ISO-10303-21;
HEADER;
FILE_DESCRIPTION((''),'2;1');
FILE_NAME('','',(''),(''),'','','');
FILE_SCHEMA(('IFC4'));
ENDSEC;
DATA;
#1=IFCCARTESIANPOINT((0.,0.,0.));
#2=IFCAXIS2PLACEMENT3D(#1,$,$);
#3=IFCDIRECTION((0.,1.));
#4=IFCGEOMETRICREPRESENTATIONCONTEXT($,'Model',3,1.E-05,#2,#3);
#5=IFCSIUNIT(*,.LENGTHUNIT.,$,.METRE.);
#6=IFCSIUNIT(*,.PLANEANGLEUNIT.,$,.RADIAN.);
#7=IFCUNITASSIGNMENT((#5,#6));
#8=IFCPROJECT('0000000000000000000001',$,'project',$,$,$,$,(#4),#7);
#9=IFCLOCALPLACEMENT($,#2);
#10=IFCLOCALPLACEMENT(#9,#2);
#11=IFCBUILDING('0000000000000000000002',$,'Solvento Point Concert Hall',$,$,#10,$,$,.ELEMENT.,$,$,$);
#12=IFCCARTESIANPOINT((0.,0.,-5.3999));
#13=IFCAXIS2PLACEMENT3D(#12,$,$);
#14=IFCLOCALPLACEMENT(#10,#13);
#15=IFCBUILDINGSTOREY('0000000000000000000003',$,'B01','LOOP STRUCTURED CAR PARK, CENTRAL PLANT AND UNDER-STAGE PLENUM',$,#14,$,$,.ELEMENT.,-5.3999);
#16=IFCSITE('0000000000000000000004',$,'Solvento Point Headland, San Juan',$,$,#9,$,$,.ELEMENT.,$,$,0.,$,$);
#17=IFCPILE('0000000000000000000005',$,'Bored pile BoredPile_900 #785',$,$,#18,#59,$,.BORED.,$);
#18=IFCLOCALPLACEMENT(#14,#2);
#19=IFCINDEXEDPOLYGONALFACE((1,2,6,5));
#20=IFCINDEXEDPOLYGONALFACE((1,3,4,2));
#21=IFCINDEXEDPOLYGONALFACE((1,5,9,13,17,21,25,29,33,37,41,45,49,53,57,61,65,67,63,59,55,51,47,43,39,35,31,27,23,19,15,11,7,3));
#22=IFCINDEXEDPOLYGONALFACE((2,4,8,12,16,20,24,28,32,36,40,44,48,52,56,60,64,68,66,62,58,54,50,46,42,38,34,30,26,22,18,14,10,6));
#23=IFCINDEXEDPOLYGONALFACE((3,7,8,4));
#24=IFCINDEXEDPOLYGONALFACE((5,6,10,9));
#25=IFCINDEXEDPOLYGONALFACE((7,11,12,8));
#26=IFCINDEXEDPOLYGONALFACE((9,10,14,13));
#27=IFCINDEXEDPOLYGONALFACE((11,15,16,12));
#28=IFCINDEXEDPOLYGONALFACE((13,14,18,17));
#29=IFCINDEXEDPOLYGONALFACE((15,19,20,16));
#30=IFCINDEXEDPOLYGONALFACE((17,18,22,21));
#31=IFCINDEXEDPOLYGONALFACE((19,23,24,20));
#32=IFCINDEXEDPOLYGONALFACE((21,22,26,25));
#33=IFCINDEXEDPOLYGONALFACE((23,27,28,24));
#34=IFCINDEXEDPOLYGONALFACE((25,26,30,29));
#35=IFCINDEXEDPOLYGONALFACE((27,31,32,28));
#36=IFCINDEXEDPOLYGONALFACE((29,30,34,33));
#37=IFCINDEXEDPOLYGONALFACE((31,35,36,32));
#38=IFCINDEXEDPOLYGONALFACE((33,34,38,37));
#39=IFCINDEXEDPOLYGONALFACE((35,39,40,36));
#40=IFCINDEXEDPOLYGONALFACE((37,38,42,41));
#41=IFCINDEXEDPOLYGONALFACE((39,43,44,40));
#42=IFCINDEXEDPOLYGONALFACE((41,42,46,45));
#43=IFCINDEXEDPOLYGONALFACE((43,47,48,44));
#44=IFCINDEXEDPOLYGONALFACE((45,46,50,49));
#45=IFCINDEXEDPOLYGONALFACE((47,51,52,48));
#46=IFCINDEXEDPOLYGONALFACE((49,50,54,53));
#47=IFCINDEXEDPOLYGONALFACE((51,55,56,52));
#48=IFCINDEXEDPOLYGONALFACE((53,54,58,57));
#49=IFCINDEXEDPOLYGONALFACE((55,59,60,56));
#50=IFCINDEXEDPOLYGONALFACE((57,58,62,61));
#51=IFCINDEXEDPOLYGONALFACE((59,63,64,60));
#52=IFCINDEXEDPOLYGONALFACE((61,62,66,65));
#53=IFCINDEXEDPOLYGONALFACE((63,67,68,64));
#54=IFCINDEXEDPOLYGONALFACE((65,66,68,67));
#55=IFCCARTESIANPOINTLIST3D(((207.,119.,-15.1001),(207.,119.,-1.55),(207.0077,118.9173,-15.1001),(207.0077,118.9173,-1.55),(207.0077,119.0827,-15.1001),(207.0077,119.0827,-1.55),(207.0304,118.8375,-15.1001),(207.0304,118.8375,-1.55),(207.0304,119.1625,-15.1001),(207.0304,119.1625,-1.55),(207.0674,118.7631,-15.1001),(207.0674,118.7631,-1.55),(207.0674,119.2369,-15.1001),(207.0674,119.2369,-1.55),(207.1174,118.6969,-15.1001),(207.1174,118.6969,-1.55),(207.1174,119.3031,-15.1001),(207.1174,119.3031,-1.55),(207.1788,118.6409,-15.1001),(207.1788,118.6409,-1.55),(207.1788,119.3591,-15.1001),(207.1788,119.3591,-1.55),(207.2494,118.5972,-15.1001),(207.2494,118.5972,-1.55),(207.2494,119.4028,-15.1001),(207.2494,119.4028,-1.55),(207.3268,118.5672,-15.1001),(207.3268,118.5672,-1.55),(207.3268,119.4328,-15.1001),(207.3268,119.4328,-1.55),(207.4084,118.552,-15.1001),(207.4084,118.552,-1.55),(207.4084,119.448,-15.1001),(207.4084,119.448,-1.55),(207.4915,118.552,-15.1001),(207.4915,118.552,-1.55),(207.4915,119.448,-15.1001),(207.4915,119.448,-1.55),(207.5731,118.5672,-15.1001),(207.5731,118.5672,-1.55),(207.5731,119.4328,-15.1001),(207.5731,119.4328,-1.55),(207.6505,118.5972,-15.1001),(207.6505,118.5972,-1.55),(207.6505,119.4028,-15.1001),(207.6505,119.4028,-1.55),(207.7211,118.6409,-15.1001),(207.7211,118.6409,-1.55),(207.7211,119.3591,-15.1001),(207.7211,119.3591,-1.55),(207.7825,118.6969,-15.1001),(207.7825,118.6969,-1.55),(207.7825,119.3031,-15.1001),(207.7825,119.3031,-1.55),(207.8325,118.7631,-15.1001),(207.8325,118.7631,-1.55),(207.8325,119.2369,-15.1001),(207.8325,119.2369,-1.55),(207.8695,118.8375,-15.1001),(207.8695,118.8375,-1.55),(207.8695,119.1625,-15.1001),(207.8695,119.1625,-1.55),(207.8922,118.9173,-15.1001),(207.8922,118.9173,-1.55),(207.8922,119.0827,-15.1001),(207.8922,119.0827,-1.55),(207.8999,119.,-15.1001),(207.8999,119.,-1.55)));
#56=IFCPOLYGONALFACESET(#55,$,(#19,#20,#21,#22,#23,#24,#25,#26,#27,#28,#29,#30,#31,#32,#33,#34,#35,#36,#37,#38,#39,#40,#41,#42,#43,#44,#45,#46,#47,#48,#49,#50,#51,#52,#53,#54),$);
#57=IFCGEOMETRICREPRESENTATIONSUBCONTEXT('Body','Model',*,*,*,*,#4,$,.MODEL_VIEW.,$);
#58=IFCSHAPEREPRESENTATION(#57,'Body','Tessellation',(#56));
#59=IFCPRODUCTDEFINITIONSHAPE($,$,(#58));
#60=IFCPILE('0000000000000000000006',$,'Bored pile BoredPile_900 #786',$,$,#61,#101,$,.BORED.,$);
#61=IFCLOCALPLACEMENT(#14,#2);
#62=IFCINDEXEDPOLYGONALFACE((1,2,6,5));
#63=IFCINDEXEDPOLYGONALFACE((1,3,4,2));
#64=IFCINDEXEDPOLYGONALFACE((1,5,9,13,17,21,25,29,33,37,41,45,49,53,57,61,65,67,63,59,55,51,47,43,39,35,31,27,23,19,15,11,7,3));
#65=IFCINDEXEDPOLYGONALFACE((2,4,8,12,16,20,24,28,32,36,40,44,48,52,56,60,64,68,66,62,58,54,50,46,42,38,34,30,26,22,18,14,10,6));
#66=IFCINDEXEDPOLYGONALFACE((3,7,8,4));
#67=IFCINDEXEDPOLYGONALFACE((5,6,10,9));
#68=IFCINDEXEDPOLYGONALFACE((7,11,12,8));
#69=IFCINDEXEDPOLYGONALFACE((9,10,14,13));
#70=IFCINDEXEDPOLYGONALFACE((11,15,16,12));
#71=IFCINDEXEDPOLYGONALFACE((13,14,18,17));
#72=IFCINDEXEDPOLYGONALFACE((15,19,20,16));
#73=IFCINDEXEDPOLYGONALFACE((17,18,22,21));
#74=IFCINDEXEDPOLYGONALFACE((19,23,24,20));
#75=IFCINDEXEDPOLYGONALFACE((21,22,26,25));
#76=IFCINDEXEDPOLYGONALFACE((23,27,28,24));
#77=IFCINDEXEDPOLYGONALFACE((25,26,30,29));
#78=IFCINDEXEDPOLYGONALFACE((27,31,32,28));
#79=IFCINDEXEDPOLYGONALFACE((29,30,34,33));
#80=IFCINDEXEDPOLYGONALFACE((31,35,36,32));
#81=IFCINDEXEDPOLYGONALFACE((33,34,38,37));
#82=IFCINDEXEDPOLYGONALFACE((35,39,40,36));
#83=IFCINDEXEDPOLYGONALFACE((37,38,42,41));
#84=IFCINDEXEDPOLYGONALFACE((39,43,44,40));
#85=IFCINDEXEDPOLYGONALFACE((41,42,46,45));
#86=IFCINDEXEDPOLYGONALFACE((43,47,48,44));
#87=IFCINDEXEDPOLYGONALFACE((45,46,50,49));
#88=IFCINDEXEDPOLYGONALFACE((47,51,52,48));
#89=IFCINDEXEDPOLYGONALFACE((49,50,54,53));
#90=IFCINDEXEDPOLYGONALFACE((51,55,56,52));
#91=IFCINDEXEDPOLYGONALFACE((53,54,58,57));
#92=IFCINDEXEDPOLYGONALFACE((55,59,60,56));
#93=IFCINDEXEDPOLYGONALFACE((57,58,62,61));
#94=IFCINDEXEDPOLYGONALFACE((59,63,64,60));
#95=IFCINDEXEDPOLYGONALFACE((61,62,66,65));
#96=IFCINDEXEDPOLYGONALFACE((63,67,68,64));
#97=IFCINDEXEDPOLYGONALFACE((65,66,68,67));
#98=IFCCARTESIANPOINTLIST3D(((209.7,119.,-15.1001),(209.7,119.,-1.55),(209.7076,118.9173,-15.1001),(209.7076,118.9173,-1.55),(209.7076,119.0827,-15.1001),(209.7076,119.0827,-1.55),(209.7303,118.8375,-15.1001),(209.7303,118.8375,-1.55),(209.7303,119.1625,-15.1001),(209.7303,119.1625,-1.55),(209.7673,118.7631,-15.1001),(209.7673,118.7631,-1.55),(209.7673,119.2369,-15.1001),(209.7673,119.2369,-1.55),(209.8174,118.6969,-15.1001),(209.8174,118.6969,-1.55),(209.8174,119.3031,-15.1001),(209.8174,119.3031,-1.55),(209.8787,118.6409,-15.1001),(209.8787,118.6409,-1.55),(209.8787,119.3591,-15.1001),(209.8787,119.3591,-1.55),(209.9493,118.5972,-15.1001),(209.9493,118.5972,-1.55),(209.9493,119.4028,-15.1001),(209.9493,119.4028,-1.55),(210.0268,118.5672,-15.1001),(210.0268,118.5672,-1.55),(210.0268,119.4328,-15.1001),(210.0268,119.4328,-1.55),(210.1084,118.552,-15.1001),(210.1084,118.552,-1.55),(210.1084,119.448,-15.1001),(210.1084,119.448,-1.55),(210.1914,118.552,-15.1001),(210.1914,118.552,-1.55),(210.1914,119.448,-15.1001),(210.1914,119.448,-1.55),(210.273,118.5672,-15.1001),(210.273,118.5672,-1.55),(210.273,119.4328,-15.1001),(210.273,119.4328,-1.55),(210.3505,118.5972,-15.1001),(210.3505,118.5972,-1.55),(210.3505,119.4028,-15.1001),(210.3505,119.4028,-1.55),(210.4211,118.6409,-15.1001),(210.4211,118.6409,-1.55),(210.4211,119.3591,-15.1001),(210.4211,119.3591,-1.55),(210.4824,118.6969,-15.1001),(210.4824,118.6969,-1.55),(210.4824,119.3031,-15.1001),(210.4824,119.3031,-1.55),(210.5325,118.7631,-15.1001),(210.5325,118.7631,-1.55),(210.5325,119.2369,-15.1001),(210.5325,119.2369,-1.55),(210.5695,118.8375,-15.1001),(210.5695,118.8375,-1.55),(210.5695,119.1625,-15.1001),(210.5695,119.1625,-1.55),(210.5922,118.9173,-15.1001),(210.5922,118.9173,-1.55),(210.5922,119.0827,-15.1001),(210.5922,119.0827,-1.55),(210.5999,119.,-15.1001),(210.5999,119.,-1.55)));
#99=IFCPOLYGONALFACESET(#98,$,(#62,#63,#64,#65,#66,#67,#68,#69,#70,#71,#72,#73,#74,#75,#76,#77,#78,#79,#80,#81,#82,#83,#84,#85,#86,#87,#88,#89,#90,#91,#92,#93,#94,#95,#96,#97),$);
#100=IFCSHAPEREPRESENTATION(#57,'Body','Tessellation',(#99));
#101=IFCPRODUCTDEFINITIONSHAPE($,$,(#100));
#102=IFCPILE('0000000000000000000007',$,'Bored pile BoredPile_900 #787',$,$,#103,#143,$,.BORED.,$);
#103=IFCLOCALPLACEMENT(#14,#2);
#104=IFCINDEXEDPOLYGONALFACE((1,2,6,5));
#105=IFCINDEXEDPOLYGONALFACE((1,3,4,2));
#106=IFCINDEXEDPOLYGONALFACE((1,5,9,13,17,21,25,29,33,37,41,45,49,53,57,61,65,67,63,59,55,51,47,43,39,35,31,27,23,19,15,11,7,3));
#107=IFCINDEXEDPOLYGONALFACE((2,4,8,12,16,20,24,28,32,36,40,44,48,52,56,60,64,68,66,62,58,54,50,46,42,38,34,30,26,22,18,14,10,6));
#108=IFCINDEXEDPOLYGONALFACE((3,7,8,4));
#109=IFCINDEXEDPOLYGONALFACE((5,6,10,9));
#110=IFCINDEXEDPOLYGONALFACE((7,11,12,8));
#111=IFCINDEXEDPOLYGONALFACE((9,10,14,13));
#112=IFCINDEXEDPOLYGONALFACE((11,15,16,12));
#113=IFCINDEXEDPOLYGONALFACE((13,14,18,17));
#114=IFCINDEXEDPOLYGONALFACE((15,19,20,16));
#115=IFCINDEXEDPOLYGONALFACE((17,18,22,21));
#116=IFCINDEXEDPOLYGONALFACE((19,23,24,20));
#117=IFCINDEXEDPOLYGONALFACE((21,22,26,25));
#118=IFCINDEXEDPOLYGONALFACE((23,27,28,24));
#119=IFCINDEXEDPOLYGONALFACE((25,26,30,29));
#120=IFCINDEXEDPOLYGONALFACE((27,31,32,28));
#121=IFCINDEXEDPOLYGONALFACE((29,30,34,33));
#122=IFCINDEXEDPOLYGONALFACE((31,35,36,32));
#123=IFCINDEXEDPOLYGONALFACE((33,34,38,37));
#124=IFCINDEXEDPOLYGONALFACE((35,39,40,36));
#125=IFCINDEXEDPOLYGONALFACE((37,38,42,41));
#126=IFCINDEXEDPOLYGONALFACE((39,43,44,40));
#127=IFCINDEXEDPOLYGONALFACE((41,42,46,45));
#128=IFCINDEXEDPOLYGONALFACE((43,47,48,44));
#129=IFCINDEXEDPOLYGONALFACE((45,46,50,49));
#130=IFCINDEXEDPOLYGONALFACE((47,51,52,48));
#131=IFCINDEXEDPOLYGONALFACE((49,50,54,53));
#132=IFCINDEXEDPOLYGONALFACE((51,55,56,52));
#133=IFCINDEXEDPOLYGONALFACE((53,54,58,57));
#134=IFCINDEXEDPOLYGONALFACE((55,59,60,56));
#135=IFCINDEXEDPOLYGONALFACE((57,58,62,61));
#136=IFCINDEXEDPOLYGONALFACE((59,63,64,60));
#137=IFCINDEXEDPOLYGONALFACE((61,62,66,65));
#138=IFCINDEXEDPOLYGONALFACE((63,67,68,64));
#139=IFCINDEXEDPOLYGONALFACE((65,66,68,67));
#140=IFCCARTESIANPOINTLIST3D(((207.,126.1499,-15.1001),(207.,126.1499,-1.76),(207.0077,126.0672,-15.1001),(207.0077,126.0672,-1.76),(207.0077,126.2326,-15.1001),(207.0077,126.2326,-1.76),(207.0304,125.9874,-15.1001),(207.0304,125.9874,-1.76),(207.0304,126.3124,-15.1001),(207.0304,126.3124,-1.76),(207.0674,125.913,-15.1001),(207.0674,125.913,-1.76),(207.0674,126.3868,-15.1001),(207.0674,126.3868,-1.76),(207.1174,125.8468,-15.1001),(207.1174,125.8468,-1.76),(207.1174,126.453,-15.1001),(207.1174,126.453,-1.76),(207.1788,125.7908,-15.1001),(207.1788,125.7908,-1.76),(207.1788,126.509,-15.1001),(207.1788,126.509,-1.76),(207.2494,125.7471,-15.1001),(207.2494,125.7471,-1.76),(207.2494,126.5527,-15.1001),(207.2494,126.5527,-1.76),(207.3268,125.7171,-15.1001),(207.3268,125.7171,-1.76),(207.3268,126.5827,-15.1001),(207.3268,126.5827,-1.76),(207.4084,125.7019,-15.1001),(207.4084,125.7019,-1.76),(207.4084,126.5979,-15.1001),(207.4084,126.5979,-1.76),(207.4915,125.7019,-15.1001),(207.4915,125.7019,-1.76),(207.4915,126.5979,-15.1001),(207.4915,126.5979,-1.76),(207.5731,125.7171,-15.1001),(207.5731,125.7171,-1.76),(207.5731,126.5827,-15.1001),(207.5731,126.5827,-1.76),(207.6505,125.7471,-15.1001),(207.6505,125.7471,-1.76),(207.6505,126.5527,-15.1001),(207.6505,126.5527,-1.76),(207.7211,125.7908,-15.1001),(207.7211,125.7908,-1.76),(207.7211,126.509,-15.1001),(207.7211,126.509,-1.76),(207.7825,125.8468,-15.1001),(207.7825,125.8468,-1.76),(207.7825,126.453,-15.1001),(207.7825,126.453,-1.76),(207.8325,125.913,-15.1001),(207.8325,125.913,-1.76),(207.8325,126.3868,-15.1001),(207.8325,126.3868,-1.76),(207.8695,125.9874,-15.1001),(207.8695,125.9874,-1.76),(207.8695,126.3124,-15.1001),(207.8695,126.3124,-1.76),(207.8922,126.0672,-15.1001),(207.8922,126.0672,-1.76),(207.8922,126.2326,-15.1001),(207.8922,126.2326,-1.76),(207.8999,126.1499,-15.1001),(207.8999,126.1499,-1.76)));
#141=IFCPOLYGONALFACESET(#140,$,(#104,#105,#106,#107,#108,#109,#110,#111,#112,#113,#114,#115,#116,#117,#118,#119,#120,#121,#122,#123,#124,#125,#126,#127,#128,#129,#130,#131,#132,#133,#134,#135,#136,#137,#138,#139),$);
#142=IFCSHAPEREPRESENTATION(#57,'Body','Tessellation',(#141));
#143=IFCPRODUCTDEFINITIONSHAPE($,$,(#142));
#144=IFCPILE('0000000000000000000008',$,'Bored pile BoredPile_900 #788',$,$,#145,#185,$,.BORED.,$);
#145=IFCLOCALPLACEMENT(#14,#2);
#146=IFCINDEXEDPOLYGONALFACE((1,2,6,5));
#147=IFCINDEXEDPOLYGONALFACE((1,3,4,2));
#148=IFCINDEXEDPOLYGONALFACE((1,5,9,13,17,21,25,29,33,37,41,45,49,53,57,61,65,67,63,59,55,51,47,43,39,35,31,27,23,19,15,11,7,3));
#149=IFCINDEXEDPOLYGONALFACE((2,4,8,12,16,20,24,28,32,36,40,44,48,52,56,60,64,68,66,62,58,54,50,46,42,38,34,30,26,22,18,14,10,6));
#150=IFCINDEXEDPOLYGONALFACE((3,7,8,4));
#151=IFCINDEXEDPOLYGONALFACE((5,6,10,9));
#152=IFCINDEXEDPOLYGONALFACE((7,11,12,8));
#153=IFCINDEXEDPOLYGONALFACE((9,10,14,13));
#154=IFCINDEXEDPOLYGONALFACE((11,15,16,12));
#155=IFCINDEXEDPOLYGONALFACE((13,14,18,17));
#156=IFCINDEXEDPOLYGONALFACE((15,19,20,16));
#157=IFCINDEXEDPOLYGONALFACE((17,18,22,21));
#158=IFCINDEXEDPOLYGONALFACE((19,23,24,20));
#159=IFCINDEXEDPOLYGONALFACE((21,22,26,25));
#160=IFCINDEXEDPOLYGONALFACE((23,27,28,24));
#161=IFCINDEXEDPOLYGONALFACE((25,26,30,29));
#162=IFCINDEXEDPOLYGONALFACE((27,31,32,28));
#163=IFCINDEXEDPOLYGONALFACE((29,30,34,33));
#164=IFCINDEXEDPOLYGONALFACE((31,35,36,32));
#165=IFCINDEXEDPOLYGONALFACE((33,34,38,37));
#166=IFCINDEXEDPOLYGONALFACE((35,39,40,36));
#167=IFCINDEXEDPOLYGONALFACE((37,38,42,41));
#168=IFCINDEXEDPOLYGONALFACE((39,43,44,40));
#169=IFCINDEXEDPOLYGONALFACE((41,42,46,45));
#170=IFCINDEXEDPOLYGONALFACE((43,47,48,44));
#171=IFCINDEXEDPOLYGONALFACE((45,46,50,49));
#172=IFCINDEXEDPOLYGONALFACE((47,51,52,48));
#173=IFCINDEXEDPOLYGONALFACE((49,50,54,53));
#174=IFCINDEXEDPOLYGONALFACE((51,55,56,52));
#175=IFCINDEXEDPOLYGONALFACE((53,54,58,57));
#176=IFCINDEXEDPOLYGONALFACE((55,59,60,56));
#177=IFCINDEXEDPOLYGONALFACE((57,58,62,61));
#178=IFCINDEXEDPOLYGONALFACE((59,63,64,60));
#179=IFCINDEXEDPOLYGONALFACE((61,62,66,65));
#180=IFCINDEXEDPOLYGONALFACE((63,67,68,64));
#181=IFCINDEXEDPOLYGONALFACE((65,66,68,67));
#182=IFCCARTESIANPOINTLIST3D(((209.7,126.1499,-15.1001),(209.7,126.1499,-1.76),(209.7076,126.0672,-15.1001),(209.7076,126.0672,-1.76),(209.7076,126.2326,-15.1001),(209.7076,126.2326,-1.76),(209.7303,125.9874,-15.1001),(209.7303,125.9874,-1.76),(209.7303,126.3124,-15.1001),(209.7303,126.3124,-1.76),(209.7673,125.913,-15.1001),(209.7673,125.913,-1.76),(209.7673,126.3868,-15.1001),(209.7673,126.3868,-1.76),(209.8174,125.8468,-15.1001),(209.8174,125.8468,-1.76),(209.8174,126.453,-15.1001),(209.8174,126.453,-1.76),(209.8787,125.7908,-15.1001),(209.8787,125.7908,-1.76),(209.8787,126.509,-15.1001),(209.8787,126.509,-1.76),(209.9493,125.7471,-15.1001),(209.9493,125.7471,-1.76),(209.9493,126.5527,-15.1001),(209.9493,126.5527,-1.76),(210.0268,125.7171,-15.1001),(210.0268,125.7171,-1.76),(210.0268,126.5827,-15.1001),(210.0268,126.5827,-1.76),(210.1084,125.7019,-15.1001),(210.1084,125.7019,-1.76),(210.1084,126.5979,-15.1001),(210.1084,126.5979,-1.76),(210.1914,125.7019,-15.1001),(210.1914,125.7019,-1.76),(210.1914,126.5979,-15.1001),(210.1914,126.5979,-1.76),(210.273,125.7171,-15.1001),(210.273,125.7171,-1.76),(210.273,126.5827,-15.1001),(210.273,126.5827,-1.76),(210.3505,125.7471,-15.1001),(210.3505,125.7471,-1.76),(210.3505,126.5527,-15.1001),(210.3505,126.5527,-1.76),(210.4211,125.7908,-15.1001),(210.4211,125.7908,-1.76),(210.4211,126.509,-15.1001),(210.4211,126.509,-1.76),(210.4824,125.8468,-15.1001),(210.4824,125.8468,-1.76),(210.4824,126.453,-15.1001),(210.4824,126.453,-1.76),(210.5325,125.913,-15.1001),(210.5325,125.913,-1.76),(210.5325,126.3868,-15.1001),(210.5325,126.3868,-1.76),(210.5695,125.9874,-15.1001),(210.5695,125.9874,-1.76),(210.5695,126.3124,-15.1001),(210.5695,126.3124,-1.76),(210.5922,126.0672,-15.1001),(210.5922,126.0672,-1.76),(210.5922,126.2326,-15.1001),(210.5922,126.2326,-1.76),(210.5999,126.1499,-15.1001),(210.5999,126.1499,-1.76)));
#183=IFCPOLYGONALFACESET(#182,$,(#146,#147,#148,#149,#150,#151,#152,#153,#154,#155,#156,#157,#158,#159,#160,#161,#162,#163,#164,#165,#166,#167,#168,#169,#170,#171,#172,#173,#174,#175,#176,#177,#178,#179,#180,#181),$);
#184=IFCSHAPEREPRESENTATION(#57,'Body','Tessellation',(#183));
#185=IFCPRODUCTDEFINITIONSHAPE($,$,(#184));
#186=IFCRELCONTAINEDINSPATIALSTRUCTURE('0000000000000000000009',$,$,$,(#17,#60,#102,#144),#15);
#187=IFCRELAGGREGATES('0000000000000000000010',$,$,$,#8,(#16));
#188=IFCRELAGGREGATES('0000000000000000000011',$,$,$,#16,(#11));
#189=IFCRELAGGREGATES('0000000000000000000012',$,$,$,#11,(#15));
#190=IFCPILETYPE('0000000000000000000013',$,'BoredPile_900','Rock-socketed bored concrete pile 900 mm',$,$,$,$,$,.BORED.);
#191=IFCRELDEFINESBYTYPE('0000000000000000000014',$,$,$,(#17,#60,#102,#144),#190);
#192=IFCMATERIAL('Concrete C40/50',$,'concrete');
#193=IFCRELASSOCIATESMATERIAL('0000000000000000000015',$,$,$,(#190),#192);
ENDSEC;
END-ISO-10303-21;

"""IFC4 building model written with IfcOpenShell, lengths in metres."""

from ifc_helpers import new_model, si_unit, direction, frame, origin, origin_2d, place, context, subcontext, project, spatial, circle, extrude, material, material_profile, profile_set, type_object, element, save


model = new_model("IFC4")

# Units and contexts
model_context = context("Model", 3, precision=1e-05, world=origin(), true_north=direction((0.0, 1.0)))
body_context = subcontext(model_context, "Body", "Model", "MODEL_VIEW")
ifc_project = project(units=[si_unit("LENGTHUNIT", "METRE"), si_unit("PLANEANGLEUNIT", "RADIAN")], contexts=[model_context])

# Site, building, storey
site_placement = place(None, origin())
site = spatial("IfcSite", under=ifc_project, at=site_placement, Name="Solvento Point Headland, San Juan", CompositionType="ELEMENT", RefElevation=0.0)
building_placement = place(site_placement, origin())
building = spatial("IfcBuilding", under=site, at=building_placement, Name="Solvento Point Concert Hall", CompositionType="ELEMENT")
storey_placement = place(building_placement, frame((0.0, 0.0, -5.3999)))
storey = spatial("IfcBuildingStorey", under=building, at=storey_placement, Name="B01", Description="LOOP STRUCTURED CAR PARK, CENTRAL PLANT AND UNDER-STAGE PLENUM", CompositionType="ELEMENT", Elevation=-5.3999)

# Piles
ifc_material_1 = material(Name="Concrete C40/50", Category="concrete")
ifc_material_profile_1 = material_profile(ifc_material_1, circle(Radius=0.45, at=origin_2d()), Name="BP-900")
ifc_profile_set_1 = profile_set([ifc_material_profile_1], Name="Concrete C40/50")
pile_type_1 = type_object("IfcPileType", Name="BoredPile_900", Description="Rock-socketed bored concrete pile 900 mm", PredefinedType="BORED", material=ifc_profile_set_1)
for number, where, z_axis, x_axis, name in (
    (1, (207.45, 119.0, -1.55), (0.0, 0.0, -1.0), (1.0, 0.0, 0.0), "Bored pile BoredPile_900 #785"),
    (2, (210.1499, 119.0, -1.55), (0.0, 0.0, -1.0), (1.0, 0.0, 0.0), "Bored pile BoredPile_900 #786"),
):
    element("IfcPile", number, at=place(storey_placement, frame(where, z_axis=z_axis, x_axis=x_axis)), inside=storey, type_object=pile_type_1, Name=name, PredefinedType="BORED", context=body_context, shape_type="SweptSolid", body=[
        extrude(circle(Radius=0.45, at=origin_2d()), origin(), (0.0, 0.0, 1.0), 13.55),
    ])
for number, where, z_axis, x_axis, name in (
    (3, (207.45, 126.1499, -1.76), (0.0, 0.0, -1.0), (1.0, 0.0, 0.0), "Bored pile BoredPile_900 #787"),
    (4, (210.1499, 126.1499, -1.76), (0.0, 0.0, -1.0), (1.0, 0.0, 0.0), "Bored pile BoredPile_900 #788"),
):
    element("IfcPile", number, at=place(storey_placement, frame(where, z_axis=z_axis, x_axis=x_axis)), inside=storey, type_object=pile_type_1, Name=name, PredefinedType="BORED", context=body_context, shape_type="SweptSolid", body=[
        extrude(circle(Radius=0.45, at=origin_2d()), origin(), (0.0, 0.0, 1.0), 13.3401),
    ])

save(model, "model.ifc")
